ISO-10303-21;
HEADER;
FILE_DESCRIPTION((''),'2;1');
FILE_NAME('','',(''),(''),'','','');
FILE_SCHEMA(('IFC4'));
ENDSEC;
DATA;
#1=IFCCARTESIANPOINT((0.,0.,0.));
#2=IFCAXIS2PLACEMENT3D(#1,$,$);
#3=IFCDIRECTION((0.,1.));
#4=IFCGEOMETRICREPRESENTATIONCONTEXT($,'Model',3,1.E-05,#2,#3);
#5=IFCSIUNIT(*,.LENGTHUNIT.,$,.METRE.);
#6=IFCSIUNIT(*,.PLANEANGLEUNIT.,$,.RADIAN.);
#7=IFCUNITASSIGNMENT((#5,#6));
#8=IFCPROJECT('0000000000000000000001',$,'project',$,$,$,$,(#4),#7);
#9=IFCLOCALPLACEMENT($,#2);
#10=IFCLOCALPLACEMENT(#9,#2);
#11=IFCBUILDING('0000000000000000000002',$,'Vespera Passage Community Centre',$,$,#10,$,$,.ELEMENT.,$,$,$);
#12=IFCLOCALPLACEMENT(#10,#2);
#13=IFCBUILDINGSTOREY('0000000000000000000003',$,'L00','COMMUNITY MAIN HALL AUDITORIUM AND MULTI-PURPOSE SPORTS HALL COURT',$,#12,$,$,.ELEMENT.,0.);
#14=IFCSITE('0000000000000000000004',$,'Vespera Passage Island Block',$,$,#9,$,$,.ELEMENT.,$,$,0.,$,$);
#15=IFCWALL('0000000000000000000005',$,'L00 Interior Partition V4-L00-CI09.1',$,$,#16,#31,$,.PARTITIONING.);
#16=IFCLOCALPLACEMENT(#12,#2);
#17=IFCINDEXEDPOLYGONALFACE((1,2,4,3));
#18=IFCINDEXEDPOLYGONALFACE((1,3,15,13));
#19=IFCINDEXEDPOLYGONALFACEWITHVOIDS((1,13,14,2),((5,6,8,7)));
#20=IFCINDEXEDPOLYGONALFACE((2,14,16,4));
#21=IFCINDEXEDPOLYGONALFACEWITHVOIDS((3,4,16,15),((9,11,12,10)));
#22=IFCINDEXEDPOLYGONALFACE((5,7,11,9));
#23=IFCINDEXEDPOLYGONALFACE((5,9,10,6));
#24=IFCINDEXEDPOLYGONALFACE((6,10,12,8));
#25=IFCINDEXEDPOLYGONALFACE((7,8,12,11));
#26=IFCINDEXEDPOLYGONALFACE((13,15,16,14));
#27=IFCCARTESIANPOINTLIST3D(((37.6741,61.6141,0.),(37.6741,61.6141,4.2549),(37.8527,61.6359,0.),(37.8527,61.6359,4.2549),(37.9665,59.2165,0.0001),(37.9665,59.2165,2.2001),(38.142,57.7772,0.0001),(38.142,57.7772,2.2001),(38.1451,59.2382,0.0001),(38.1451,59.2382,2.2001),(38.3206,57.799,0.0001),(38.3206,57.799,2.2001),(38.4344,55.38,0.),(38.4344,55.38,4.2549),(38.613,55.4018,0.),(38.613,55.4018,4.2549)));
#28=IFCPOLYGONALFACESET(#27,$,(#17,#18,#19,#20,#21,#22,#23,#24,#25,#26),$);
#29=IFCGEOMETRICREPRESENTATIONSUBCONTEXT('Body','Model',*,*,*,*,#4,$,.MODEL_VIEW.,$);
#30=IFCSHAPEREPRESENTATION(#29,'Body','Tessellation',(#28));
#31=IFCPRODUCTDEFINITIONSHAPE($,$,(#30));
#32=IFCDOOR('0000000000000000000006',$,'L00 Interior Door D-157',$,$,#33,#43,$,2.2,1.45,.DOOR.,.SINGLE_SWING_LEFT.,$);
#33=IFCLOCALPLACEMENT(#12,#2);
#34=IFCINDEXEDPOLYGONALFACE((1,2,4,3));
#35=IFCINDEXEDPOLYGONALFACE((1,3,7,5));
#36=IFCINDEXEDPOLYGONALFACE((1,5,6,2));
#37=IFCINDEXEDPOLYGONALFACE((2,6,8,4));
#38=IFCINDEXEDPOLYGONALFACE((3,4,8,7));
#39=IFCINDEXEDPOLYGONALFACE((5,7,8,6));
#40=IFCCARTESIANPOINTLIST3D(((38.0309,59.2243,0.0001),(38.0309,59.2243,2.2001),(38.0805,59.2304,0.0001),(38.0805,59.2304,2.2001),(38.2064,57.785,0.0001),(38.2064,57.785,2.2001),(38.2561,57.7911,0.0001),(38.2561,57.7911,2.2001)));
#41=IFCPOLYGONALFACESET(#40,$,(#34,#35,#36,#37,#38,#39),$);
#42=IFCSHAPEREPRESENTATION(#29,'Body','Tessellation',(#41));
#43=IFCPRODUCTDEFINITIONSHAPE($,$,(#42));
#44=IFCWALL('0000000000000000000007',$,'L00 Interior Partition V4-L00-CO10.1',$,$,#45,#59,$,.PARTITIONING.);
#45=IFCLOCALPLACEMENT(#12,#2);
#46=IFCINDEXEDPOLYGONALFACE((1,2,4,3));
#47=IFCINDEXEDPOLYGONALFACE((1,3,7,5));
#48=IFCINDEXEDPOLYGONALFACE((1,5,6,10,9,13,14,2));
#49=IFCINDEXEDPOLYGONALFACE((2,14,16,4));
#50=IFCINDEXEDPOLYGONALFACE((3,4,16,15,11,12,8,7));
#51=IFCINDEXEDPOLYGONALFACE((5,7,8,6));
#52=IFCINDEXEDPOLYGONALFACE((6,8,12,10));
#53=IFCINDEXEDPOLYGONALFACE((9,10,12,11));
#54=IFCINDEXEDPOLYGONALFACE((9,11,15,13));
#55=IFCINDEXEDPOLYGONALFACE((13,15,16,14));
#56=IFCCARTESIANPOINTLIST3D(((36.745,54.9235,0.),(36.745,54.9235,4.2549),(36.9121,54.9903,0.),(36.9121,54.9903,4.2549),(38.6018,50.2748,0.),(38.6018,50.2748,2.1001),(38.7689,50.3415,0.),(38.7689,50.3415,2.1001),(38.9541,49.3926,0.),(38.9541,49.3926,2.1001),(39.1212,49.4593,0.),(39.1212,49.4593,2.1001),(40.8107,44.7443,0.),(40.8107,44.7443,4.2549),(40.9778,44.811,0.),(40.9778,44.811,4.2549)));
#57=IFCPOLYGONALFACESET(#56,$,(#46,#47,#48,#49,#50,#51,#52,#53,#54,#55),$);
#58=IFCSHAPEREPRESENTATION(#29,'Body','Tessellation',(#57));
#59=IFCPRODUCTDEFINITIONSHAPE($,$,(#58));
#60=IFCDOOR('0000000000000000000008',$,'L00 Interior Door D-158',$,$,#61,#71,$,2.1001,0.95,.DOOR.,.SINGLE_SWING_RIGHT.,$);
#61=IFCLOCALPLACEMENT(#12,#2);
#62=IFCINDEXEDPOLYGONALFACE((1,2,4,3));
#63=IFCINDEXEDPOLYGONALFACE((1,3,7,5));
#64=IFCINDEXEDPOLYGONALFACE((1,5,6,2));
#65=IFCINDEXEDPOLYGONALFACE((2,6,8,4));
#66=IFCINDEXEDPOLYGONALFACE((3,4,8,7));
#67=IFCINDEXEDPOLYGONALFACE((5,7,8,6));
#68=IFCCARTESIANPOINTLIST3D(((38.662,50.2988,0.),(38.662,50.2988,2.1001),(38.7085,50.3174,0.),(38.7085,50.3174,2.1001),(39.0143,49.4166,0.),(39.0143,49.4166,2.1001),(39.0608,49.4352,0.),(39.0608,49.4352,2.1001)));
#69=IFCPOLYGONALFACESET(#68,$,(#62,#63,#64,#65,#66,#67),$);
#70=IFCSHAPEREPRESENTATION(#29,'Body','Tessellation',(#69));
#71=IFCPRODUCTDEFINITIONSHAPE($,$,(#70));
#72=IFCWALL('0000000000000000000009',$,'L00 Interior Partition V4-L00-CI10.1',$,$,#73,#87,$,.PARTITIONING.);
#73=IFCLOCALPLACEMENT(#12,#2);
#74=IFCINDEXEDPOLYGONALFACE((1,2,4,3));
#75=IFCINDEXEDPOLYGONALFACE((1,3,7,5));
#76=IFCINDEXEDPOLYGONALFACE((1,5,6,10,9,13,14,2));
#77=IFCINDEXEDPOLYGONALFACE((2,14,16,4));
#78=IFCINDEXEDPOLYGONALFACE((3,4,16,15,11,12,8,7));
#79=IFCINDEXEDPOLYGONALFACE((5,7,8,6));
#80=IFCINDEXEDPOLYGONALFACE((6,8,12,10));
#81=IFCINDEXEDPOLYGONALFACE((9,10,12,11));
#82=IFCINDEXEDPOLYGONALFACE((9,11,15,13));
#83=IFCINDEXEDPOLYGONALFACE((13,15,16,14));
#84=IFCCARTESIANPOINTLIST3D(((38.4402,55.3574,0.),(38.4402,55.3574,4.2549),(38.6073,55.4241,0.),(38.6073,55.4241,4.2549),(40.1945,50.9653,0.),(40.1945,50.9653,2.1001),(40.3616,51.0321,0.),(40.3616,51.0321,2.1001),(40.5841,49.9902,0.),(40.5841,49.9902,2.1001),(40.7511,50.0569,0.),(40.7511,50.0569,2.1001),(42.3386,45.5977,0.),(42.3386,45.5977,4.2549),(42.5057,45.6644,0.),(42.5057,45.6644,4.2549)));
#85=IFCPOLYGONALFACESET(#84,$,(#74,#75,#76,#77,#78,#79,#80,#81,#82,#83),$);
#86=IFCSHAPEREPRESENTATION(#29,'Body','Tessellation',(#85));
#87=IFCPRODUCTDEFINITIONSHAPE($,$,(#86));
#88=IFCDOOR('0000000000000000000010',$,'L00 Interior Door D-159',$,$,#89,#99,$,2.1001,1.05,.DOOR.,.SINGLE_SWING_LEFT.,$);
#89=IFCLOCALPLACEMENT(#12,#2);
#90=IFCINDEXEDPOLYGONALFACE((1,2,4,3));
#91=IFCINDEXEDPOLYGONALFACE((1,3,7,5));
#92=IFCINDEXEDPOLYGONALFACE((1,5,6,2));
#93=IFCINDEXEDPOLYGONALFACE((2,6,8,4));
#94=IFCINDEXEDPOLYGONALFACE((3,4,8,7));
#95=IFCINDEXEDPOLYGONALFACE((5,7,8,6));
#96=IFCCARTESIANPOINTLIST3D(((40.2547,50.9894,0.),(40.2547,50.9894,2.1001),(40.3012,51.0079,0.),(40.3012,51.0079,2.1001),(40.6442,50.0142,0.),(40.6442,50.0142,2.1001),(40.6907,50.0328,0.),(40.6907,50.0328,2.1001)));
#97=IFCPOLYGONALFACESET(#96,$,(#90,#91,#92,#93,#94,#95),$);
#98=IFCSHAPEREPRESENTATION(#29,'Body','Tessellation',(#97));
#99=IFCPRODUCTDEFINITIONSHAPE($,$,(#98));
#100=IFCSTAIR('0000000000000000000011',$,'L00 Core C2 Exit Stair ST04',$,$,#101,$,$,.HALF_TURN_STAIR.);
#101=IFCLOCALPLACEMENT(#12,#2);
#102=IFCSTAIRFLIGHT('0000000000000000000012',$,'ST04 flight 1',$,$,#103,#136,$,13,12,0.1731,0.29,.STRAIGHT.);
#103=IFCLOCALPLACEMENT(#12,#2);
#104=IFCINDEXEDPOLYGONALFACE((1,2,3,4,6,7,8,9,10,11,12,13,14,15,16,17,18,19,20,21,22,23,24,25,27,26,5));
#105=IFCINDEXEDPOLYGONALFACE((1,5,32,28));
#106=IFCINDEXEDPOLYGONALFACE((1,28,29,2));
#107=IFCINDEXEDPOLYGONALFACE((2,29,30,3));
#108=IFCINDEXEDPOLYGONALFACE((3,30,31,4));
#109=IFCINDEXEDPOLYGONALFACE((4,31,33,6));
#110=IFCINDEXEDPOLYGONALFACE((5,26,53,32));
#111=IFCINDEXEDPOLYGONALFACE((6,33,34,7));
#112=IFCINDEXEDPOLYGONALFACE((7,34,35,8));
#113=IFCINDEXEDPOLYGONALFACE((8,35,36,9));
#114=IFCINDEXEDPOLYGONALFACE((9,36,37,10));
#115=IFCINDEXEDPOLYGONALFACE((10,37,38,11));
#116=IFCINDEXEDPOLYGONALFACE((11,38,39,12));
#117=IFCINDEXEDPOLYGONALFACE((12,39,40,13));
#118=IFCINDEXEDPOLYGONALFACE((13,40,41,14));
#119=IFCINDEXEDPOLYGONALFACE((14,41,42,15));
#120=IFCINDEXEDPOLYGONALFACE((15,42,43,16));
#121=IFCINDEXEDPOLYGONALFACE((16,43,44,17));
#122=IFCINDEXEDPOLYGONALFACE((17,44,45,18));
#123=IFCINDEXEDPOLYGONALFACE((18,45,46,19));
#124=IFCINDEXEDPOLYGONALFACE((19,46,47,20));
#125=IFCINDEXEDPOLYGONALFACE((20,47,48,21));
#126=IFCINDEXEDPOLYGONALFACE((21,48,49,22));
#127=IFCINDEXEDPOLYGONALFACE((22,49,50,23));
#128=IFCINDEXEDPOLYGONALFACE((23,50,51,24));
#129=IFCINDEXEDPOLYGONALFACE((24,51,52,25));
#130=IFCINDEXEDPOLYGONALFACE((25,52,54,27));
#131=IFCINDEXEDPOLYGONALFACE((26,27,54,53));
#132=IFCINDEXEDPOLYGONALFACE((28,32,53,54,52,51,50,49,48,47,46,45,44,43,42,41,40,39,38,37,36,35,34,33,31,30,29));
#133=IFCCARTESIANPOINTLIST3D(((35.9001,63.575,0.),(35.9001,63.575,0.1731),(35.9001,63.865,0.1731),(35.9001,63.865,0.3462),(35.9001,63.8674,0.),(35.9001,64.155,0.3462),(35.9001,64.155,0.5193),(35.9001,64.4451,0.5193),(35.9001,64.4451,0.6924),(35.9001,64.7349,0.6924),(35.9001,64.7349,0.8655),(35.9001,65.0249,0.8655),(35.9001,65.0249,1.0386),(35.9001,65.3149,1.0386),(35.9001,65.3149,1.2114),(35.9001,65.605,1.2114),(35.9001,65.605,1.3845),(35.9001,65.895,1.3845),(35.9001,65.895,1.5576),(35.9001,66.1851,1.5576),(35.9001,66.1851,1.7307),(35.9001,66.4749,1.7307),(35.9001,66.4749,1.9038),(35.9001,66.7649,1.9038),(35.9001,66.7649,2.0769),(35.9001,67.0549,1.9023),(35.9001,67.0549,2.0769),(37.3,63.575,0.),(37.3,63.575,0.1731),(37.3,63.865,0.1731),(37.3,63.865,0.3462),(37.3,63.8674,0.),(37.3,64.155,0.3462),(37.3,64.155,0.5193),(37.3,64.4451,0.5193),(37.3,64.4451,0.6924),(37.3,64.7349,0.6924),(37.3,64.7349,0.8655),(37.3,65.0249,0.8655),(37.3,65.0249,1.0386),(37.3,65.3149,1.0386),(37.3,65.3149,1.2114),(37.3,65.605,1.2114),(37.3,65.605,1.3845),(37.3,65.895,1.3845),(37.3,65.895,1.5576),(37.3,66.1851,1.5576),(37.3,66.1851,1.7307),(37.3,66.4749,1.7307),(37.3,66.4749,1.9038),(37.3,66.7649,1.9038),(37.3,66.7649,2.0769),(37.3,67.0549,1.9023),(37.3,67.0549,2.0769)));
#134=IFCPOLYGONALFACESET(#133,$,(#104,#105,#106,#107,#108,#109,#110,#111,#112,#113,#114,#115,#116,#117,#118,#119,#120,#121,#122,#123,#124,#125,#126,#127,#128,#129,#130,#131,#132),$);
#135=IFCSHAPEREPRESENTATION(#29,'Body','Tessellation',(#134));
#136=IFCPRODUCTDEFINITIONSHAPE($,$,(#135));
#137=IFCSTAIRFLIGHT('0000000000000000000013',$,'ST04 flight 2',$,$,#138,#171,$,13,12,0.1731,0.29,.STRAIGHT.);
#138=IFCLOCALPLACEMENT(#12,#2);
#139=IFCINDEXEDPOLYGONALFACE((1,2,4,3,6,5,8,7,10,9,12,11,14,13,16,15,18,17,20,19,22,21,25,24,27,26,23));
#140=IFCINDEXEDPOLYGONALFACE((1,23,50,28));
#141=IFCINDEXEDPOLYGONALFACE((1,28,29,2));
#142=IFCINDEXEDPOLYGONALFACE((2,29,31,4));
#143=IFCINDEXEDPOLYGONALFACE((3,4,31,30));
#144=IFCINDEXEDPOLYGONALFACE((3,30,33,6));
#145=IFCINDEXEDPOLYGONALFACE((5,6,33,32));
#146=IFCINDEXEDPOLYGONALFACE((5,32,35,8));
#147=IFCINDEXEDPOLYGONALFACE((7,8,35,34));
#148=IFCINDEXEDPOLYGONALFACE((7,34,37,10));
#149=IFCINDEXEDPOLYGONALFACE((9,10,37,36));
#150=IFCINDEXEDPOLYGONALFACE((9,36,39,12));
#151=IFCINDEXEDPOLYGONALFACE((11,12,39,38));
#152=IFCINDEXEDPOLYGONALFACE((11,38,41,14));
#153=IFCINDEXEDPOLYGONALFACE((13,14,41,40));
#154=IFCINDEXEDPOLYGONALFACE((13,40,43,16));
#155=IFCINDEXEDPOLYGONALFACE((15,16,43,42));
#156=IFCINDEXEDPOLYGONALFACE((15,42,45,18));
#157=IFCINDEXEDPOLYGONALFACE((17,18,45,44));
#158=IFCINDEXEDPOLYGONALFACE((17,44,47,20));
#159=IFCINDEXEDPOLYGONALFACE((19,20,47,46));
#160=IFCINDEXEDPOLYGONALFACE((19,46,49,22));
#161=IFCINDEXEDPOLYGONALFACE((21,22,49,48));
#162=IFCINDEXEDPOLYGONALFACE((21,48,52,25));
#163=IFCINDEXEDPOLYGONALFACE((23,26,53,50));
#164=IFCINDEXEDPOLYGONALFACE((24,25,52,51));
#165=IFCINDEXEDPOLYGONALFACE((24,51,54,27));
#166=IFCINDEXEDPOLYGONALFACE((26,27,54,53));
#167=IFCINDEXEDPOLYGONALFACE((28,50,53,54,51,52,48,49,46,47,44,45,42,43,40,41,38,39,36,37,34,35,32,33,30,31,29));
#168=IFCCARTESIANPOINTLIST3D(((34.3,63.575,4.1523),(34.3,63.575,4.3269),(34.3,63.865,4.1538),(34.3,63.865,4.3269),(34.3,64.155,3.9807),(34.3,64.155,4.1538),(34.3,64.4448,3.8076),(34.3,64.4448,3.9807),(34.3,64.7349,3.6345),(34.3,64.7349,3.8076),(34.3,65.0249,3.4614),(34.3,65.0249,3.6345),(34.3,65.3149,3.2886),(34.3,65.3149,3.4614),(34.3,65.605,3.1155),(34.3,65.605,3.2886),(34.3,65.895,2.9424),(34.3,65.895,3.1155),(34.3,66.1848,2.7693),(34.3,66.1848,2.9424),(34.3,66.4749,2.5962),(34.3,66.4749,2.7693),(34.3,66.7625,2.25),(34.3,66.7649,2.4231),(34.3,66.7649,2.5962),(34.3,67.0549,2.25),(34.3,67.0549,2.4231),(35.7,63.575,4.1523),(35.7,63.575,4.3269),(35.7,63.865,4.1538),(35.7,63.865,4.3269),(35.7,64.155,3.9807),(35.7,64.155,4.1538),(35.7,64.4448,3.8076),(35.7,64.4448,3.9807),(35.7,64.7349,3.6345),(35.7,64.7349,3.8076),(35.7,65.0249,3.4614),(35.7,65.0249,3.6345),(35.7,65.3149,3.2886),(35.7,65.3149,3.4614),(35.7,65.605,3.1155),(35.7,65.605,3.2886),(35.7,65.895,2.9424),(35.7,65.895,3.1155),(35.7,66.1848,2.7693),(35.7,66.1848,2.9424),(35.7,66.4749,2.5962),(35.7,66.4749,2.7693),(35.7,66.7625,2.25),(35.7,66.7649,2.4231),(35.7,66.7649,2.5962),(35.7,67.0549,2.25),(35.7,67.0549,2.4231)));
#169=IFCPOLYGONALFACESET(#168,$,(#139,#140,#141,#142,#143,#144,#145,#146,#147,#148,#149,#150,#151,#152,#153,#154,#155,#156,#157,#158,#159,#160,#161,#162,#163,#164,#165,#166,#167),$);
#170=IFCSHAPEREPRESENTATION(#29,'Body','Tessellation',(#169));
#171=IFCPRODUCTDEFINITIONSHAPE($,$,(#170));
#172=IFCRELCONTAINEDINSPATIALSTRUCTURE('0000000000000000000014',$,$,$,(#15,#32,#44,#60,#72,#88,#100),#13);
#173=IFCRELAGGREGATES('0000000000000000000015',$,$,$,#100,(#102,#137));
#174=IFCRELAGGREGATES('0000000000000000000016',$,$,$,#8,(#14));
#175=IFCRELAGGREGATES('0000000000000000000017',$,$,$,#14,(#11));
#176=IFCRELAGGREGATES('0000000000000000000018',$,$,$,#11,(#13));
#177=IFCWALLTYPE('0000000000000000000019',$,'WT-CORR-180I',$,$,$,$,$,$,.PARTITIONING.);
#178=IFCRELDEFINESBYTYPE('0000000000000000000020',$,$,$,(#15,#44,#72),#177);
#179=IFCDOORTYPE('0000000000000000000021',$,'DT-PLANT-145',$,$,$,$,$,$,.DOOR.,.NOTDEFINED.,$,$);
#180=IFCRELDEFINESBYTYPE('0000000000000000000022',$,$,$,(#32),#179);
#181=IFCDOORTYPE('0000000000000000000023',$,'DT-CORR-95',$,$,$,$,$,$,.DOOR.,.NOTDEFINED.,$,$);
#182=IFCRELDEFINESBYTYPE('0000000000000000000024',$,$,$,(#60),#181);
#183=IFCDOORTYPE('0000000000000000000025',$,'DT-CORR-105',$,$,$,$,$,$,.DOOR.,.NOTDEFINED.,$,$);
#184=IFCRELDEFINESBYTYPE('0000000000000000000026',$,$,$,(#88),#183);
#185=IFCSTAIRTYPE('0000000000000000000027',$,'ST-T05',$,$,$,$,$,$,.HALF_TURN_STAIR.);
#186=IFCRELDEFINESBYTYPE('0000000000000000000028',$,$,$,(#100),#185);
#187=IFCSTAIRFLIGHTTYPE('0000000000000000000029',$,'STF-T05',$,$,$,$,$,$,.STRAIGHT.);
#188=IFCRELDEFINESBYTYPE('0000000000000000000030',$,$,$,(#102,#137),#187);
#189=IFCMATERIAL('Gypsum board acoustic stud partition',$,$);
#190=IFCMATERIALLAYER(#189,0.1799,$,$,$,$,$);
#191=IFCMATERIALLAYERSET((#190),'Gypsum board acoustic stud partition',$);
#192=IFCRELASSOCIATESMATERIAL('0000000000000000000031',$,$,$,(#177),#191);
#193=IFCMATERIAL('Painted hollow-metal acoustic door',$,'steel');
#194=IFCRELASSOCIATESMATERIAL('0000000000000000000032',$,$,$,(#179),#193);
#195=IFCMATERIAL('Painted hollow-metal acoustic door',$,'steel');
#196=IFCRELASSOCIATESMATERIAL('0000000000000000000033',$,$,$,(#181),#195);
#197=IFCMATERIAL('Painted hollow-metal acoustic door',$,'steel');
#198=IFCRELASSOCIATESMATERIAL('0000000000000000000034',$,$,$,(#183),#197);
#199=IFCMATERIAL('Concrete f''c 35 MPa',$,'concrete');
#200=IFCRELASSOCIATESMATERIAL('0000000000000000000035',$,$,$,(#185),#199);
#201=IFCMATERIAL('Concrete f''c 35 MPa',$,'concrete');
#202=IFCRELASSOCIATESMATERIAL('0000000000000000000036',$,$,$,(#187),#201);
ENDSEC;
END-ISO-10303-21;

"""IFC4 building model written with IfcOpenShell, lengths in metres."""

from ifc_helpers import new_model, si_unit, direction, frame, frame_2d, origin, place, context, subcontext, project, spatial, polyline, rectangle, outline, extrude, material, layer, layer_set, type_object, element, fill, aggregate, save


model = new_model("IFC4")

# Units and contexts
model_context = context("Model", 3, precision=1e-05, world=origin(), true_north=direction((0.0, 1.0)))
body_context = subcontext(model_context, "Body", "Model", "MODEL_VIEW")
ifc_project = project(units=[si_unit("LENGTHUNIT", "METRE"), si_unit("PLANEANGLEUNIT", "RADIAN")], contexts=[model_context])

# Site, building, storey
site_placement = place(None, origin())
site = spatial("IfcSite", under=ifc_project, at=site_placement, Name="Vespera Passage Island Block", CompositionType="ELEMENT", RefElevation=0.0)
building_placement = place(site_placement, origin())
building = spatial("IfcBuilding", under=site, at=building_placement, Name="Vespera Passage Community Centre", CompositionType="ELEMENT")
storey_placement = place(building_placement, origin())
storey = spatial("IfcBuildingStorey", under=building, at=storey_placement, Name="L00", Description="COMMUNITY MAIN HALL AUDITORIUM AND MULTI-PURPOSE SPORTS HALL COURT", CompositionType="ELEMENT", Elevation=0.0)

# Walls, openings, doors
ifc_material_1 = material(Name="Gypsum board acoustic stud partition")
ifc_layer_1 = layer(ifc_material_1, 0.1799)
ifc_layer_set_1 = layer_set([ifc_layer_1], Name="Gypsum board acoustic stud partition")
wall_type_1 = type_object("IfcWallType", Name="WT-CORR-180I", PredefinedType="PARTITIONING", material=ifc_layer_set_1)
wall_1_placement = place(storey_placement, frame((37.7634, 61.625, 0.0), z_axis=(0.0, 0.0, 1.0), x_axis=(0.121053, -0.992646, 0.0)))
wall_1 = element("IfcWall", 1, at=wall_1_placement, inside=storey, type_object=wall_type_1, Name="L00 Interior Partition V4-L00-CI09.1", PredefinedType="PARTITIONING", context=body_context, shape_type="SweptSolid", body=[
    extrude(rectangle(XDim=6.2803, YDim=0.1799, at=frame_2d((3.1401, 0.0))), origin(), (0.0, 0.0, 1.0), 4.2549),
])
opening_1_placement = place(wall_1_placement, frame((2.4153, 0.0, 0.0)))
opening_1 = element("IfcOpeningElement", 2, at=opening_1_placement, cuts=wall_1, PredefinedType="OPENING", context=body_context, shape_type="SweptSolid", body=[
    extrude(rectangle(XDim=1.45, YDim=2.2, at=frame_2d((0.7251, 1.1001))), frame((0.0, 0.0999, 0.0), z_axis=(0.0, -1.0, 0.0), x_axis=(1.0, 0.0, 0.0)), (0.0, 0.0, 1.0), 0.2),
])
ifc_material_2 = material(Name="Painted hollow-metal acoustic door", Category="steel")
door_type_1 = type_object("IfcDoorType", Name="DT-PLANT-145", OperationType="NOTDEFINED", PredefinedType="DOOR", material=ifc_material_2)
door_1_placement = place(opening_1_placement, origin())
door_1 = element("IfcDoor", 3, at=door_1_placement, inside=storey, type_object=door_type_1, Name="L00 Interior Door D-157", OperationType="SINGLE_SWING_LEFT", OverallHeight=2.2, OverallWidth=1.45, PredefinedType="DOOR", context=body_context, shape_type="SweptSolid", body=[
    extrude(rectangle(XDim=1.45, YDim=2.2, at=frame_2d((0.7251, 1.1001))), frame((0.0, 0.0249, 0.0), z_axis=(0.0, -1.0, 0.0), x_axis=(1.0, 0.0, 0.0)), (0.0, 0.0, 1.0), 0.05),
])
fill(opening_1, door_1)
wall_2_placement = place(storey_placement, frame((36.8286, 54.9568, 0.0), z_axis=(0.0, 0.0, 1.0), x_axis=(0.370918, -0.928666, 0.0)))
wall_2 = element("IfcWall", 4, at=wall_2_placement, inside=storey, type_object=wall_type_1, Name="L00 Interior Partition V4-L00-CO10.1", PredefinedType="PARTITIONING", context=body_context, shape_type="SweptSolid", body=[
    extrude(rectangle(XDim=10.9612, YDim=0.1799, at=frame_2d((5.4805, 0.0))), origin(), (0.0, 0.0, 1.0), 4.2549),
])
opening_2_placement = place(wall_2_placement, frame((5.0056, 0.0, 0.0)))
opening_2 = element("IfcOpeningElement", 5, at=opening_2_placement, cuts=wall_2, PredefinedType="OPENING", context=body_context, shape_type="SweptSolid", body=[
    extrude(rectangle(XDim=0.95, YDim=2.1001, at=frame_2d((0.4751, 1.05))), frame((0.0, 0.0999, 0.0), z_axis=(0.0, -1.0, 0.0), x_axis=(1.0, 0.0, 0.0)), (0.0, 0.0, 1.0), 0.2),
])
ifc_material_3 = material(Name="Painted hollow-metal acoustic door", Category="steel")
door_type_2 = type_object("IfcDoorType", Name="DT-CORR-95", OperationType="NOTDEFINED", PredefinedType="DOOR", material=ifc_material_3)
door_2_placement = place(opening_2_placement, origin())
door_2 = element("IfcDoor", 6, at=door_2_placement, inside=storey, type_object=door_type_2, Name="L00 Interior Door D-158", OperationType="SINGLE_SWING_RIGHT", OverallHeight=2.1001, OverallWidth=0.95, PredefinedType="DOOR", context=body_context, shape_type="SweptSolid", body=[
    extrude(rectangle(XDim=0.95, YDim=2.1001, at=frame_2d((0.4751, 1.05))), frame((0.0, 0.0249, 0.0), z_axis=(0.0, -1.0, 0.0), x_axis=(1.0, 0.0, 0.0)), (0.0, 0.0, 1.0), 0.05),
])
fill(opening_2, door_2)
wall_3_placement = place(storey_placement, frame((38.5237, 55.3909, 0.0), z_axis=(0.0, 0.0, 1.0), x_axis=(0.370942, -0.928656, 0.0)))
wall_3 = element("IfcWall", 7, at=wall_3_placement, inside=storey, type_object=wall_type_1, Name="L00 Interior Partition V4-L00-CI10.1", PredefinedType="PARTITIONING", context=body_context, shape_type="SweptSolid", body=[
    extrude(rectangle(XDim=10.5095, YDim=0.1799, at=frame_2d((5.2549, 0.0))), origin(), (0.0, 0.0, 1.0), 4.2549),
])
opening_3_placement = place(wall_3_placement, frame((4.7297, 0.0, 0.0)))
opening_3 = element("IfcOpeningElement", 8, at=opening_3_placement, cuts=wall_3, PredefinedType="OPENING", context=body_context, shape_type="SweptSolid", body=[
    extrude(rectangle(XDim=1.05, YDim=2.1001, at=frame_2d((0.5249, 1.05))), frame((0.0, 0.0999, 0.0), z_axis=(0.0, -1.0, 0.0), x_axis=(1.0, 0.0, 0.0)), (0.0, 0.0, 1.0), 0.2),
])
ifc_material_4 = material(Name="Painted hollow-metal acoustic door", Category="steel")
door_type_3 = type_object("IfcDoorType", Name="DT-CORR-105", OperationType="NOTDEFINED", PredefinedType="DOOR", material=ifc_material_4)
door_3_placement = place(opening_3_placement, origin())
door_3 = element("IfcDoor", 9, at=door_3_placement, inside=storey, type_object=door_type_3, Name="L00 Interior Door D-159", OperationType="SINGLE_SWING_LEFT", OverallHeight=2.1001, OverallWidth=1.05, PredefinedType="DOOR", context=body_context, shape_type="SweptSolid", body=[
    extrude(rectangle(XDim=1.05, YDim=2.1001, at=frame_2d((0.5249, 1.05))), frame((0.0, 0.0249, 0.0), z_axis=(0.0, -1.0, 0.0), x_axis=(1.0, 0.0, 0.0)), (0.0, 0.0, 1.0), 0.05),
])
fill(opening_3, door_3)

# Stair, stair flights
ifc_material_5 = material(Name="Concrete f'c 35 MPa", Category="concrete")
stair_type = type_object("IfcStairType", Name="ST-T05", PredefinedType="HALF_TURN_STAIR", material=ifc_material_5)
stair_placement = place(storey_placement, origin())
stair = element("IfcStair", 10, at=stair_placement, inside=storey, type_object=stair_type, Name="L00 Core C2 Exit Stair ST04", PredefinedType="HALF_TURN_STAIR")
ifc_material_6 = material(Name="Concrete f'c 35 MPa", Category="concrete")
stair_flight_type = type_object("IfcStairFlightType", Name="STF-T05", PredefinedType="STRAIGHT", material=ifc_material_6)
stair_flight_1_placement = place(storey_placement, frame((36.6001, 63.575, 0.0), z_axis=(0.0, 0.0, 1.0), x_axis=(0.0, 1.0, 0.0)))
stair_flight_1 = element("IfcStairFlight", 11, at=stair_flight_1_placement, type_object=stair_flight_type, Name="ST04 flight 1", NumberOfRisers=13, NumberOfTreads=12, PredefinedType="STRAIGHT", RiserHeight=0.1731, TreadLength=0.29, context=body_context, shape_type="SweptSolid", body=[
    extrude(outline(polyline([(0.0, 0.0), (0.0, 0.1731), (0.29, 0.1731), (0.29, 0.3462), (0.5801, 0.3462), (0.5801, 0.5193), (0.8701, 0.5193), (0.8701, 0.6924), (1.1599, 0.6924), (1.1599, 0.8655), (1.45, 0.8655), (1.45, 1.0386), (1.74, 1.0386), (1.74, 1.2114), (2.03, 1.2114), (2.03, 1.3845), (2.3201, 1.3845), (2.3201, 1.5576), (2.6101, 1.5576), (2.6101, 1.7307), (2.8999, 1.7307), (2.8999, 1.9038), (3.1899, 1.9038), (3.1899, 2.0769), (3.48, 2.0769), (3.48, 2.25), (3.48, 1.9023), (0.2925, 0.0), (0.0, 0.0)])), frame((0.0, 0.7, 0.0), z_axis=(0.0, -1.0, 0.0), x_axis=(1.0, 0.0, 0.0)), (0.0, 0.0, 1.0), 1.3999),
])
stair_flight_2_placement = place(storey_placement, frame((35.0, 67.0549, 2.25), z_axis=(0.0, 0.0, 1.0), x_axis=(0.0, -1.0, 0.0)))
stair_flight_2 = element("IfcStairFlight", 12, at=stair_flight_2_placement, type_object=stair_flight_type, Name="ST04 flight 2", NumberOfRisers=13, NumberOfTreads=12, PredefinedType="STRAIGHT", RiserHeight=0.1731, TreadLength=0.29, context=body_context, shape_type="SweptSolid", body=[
    extrude(outline(polyline([(0.0, 0.0), (0.0, 0.1731), (0.29, 0.1731), (0.29, 0.3462), (0.5801, 0.3462), (0.5801, 0.5193), (0.8701, 0.5193), (0.8701, 0.6924), (1.1599, 0.6924), (1.1599, 0.8655), (1.45, 0.8655), (1.45, 1.0386), (1.74, 1.0386), (1.74, 1.2114), (2.03, 1.2114), (2.03, 1.3845), (2.3201, 1.3845), (2.3201, 1.5576), (2.6101, 1.5576), (2.6101, 1.7307), (2.8999, 1.7307), (2.8999, 1.9038), (3.1899, 1.9038), (3.1899, 2.0769), (3.48, 2.0769), (3.48, 2.25), (3.48, 1.9023), (0.2925, 0.0), (0.0, 0.0)])), frame((0.0, 0.7, 0.0), z_axis=(0.0, -1.0, 0.0), x_axis=(1.0, 0.0, 0.0)), (0.0, 0.0, 1.0), 1.3999),
])
aggregate(stair, [stair_flight_1, stair_flight_2])

save(model, "model.ifc")
